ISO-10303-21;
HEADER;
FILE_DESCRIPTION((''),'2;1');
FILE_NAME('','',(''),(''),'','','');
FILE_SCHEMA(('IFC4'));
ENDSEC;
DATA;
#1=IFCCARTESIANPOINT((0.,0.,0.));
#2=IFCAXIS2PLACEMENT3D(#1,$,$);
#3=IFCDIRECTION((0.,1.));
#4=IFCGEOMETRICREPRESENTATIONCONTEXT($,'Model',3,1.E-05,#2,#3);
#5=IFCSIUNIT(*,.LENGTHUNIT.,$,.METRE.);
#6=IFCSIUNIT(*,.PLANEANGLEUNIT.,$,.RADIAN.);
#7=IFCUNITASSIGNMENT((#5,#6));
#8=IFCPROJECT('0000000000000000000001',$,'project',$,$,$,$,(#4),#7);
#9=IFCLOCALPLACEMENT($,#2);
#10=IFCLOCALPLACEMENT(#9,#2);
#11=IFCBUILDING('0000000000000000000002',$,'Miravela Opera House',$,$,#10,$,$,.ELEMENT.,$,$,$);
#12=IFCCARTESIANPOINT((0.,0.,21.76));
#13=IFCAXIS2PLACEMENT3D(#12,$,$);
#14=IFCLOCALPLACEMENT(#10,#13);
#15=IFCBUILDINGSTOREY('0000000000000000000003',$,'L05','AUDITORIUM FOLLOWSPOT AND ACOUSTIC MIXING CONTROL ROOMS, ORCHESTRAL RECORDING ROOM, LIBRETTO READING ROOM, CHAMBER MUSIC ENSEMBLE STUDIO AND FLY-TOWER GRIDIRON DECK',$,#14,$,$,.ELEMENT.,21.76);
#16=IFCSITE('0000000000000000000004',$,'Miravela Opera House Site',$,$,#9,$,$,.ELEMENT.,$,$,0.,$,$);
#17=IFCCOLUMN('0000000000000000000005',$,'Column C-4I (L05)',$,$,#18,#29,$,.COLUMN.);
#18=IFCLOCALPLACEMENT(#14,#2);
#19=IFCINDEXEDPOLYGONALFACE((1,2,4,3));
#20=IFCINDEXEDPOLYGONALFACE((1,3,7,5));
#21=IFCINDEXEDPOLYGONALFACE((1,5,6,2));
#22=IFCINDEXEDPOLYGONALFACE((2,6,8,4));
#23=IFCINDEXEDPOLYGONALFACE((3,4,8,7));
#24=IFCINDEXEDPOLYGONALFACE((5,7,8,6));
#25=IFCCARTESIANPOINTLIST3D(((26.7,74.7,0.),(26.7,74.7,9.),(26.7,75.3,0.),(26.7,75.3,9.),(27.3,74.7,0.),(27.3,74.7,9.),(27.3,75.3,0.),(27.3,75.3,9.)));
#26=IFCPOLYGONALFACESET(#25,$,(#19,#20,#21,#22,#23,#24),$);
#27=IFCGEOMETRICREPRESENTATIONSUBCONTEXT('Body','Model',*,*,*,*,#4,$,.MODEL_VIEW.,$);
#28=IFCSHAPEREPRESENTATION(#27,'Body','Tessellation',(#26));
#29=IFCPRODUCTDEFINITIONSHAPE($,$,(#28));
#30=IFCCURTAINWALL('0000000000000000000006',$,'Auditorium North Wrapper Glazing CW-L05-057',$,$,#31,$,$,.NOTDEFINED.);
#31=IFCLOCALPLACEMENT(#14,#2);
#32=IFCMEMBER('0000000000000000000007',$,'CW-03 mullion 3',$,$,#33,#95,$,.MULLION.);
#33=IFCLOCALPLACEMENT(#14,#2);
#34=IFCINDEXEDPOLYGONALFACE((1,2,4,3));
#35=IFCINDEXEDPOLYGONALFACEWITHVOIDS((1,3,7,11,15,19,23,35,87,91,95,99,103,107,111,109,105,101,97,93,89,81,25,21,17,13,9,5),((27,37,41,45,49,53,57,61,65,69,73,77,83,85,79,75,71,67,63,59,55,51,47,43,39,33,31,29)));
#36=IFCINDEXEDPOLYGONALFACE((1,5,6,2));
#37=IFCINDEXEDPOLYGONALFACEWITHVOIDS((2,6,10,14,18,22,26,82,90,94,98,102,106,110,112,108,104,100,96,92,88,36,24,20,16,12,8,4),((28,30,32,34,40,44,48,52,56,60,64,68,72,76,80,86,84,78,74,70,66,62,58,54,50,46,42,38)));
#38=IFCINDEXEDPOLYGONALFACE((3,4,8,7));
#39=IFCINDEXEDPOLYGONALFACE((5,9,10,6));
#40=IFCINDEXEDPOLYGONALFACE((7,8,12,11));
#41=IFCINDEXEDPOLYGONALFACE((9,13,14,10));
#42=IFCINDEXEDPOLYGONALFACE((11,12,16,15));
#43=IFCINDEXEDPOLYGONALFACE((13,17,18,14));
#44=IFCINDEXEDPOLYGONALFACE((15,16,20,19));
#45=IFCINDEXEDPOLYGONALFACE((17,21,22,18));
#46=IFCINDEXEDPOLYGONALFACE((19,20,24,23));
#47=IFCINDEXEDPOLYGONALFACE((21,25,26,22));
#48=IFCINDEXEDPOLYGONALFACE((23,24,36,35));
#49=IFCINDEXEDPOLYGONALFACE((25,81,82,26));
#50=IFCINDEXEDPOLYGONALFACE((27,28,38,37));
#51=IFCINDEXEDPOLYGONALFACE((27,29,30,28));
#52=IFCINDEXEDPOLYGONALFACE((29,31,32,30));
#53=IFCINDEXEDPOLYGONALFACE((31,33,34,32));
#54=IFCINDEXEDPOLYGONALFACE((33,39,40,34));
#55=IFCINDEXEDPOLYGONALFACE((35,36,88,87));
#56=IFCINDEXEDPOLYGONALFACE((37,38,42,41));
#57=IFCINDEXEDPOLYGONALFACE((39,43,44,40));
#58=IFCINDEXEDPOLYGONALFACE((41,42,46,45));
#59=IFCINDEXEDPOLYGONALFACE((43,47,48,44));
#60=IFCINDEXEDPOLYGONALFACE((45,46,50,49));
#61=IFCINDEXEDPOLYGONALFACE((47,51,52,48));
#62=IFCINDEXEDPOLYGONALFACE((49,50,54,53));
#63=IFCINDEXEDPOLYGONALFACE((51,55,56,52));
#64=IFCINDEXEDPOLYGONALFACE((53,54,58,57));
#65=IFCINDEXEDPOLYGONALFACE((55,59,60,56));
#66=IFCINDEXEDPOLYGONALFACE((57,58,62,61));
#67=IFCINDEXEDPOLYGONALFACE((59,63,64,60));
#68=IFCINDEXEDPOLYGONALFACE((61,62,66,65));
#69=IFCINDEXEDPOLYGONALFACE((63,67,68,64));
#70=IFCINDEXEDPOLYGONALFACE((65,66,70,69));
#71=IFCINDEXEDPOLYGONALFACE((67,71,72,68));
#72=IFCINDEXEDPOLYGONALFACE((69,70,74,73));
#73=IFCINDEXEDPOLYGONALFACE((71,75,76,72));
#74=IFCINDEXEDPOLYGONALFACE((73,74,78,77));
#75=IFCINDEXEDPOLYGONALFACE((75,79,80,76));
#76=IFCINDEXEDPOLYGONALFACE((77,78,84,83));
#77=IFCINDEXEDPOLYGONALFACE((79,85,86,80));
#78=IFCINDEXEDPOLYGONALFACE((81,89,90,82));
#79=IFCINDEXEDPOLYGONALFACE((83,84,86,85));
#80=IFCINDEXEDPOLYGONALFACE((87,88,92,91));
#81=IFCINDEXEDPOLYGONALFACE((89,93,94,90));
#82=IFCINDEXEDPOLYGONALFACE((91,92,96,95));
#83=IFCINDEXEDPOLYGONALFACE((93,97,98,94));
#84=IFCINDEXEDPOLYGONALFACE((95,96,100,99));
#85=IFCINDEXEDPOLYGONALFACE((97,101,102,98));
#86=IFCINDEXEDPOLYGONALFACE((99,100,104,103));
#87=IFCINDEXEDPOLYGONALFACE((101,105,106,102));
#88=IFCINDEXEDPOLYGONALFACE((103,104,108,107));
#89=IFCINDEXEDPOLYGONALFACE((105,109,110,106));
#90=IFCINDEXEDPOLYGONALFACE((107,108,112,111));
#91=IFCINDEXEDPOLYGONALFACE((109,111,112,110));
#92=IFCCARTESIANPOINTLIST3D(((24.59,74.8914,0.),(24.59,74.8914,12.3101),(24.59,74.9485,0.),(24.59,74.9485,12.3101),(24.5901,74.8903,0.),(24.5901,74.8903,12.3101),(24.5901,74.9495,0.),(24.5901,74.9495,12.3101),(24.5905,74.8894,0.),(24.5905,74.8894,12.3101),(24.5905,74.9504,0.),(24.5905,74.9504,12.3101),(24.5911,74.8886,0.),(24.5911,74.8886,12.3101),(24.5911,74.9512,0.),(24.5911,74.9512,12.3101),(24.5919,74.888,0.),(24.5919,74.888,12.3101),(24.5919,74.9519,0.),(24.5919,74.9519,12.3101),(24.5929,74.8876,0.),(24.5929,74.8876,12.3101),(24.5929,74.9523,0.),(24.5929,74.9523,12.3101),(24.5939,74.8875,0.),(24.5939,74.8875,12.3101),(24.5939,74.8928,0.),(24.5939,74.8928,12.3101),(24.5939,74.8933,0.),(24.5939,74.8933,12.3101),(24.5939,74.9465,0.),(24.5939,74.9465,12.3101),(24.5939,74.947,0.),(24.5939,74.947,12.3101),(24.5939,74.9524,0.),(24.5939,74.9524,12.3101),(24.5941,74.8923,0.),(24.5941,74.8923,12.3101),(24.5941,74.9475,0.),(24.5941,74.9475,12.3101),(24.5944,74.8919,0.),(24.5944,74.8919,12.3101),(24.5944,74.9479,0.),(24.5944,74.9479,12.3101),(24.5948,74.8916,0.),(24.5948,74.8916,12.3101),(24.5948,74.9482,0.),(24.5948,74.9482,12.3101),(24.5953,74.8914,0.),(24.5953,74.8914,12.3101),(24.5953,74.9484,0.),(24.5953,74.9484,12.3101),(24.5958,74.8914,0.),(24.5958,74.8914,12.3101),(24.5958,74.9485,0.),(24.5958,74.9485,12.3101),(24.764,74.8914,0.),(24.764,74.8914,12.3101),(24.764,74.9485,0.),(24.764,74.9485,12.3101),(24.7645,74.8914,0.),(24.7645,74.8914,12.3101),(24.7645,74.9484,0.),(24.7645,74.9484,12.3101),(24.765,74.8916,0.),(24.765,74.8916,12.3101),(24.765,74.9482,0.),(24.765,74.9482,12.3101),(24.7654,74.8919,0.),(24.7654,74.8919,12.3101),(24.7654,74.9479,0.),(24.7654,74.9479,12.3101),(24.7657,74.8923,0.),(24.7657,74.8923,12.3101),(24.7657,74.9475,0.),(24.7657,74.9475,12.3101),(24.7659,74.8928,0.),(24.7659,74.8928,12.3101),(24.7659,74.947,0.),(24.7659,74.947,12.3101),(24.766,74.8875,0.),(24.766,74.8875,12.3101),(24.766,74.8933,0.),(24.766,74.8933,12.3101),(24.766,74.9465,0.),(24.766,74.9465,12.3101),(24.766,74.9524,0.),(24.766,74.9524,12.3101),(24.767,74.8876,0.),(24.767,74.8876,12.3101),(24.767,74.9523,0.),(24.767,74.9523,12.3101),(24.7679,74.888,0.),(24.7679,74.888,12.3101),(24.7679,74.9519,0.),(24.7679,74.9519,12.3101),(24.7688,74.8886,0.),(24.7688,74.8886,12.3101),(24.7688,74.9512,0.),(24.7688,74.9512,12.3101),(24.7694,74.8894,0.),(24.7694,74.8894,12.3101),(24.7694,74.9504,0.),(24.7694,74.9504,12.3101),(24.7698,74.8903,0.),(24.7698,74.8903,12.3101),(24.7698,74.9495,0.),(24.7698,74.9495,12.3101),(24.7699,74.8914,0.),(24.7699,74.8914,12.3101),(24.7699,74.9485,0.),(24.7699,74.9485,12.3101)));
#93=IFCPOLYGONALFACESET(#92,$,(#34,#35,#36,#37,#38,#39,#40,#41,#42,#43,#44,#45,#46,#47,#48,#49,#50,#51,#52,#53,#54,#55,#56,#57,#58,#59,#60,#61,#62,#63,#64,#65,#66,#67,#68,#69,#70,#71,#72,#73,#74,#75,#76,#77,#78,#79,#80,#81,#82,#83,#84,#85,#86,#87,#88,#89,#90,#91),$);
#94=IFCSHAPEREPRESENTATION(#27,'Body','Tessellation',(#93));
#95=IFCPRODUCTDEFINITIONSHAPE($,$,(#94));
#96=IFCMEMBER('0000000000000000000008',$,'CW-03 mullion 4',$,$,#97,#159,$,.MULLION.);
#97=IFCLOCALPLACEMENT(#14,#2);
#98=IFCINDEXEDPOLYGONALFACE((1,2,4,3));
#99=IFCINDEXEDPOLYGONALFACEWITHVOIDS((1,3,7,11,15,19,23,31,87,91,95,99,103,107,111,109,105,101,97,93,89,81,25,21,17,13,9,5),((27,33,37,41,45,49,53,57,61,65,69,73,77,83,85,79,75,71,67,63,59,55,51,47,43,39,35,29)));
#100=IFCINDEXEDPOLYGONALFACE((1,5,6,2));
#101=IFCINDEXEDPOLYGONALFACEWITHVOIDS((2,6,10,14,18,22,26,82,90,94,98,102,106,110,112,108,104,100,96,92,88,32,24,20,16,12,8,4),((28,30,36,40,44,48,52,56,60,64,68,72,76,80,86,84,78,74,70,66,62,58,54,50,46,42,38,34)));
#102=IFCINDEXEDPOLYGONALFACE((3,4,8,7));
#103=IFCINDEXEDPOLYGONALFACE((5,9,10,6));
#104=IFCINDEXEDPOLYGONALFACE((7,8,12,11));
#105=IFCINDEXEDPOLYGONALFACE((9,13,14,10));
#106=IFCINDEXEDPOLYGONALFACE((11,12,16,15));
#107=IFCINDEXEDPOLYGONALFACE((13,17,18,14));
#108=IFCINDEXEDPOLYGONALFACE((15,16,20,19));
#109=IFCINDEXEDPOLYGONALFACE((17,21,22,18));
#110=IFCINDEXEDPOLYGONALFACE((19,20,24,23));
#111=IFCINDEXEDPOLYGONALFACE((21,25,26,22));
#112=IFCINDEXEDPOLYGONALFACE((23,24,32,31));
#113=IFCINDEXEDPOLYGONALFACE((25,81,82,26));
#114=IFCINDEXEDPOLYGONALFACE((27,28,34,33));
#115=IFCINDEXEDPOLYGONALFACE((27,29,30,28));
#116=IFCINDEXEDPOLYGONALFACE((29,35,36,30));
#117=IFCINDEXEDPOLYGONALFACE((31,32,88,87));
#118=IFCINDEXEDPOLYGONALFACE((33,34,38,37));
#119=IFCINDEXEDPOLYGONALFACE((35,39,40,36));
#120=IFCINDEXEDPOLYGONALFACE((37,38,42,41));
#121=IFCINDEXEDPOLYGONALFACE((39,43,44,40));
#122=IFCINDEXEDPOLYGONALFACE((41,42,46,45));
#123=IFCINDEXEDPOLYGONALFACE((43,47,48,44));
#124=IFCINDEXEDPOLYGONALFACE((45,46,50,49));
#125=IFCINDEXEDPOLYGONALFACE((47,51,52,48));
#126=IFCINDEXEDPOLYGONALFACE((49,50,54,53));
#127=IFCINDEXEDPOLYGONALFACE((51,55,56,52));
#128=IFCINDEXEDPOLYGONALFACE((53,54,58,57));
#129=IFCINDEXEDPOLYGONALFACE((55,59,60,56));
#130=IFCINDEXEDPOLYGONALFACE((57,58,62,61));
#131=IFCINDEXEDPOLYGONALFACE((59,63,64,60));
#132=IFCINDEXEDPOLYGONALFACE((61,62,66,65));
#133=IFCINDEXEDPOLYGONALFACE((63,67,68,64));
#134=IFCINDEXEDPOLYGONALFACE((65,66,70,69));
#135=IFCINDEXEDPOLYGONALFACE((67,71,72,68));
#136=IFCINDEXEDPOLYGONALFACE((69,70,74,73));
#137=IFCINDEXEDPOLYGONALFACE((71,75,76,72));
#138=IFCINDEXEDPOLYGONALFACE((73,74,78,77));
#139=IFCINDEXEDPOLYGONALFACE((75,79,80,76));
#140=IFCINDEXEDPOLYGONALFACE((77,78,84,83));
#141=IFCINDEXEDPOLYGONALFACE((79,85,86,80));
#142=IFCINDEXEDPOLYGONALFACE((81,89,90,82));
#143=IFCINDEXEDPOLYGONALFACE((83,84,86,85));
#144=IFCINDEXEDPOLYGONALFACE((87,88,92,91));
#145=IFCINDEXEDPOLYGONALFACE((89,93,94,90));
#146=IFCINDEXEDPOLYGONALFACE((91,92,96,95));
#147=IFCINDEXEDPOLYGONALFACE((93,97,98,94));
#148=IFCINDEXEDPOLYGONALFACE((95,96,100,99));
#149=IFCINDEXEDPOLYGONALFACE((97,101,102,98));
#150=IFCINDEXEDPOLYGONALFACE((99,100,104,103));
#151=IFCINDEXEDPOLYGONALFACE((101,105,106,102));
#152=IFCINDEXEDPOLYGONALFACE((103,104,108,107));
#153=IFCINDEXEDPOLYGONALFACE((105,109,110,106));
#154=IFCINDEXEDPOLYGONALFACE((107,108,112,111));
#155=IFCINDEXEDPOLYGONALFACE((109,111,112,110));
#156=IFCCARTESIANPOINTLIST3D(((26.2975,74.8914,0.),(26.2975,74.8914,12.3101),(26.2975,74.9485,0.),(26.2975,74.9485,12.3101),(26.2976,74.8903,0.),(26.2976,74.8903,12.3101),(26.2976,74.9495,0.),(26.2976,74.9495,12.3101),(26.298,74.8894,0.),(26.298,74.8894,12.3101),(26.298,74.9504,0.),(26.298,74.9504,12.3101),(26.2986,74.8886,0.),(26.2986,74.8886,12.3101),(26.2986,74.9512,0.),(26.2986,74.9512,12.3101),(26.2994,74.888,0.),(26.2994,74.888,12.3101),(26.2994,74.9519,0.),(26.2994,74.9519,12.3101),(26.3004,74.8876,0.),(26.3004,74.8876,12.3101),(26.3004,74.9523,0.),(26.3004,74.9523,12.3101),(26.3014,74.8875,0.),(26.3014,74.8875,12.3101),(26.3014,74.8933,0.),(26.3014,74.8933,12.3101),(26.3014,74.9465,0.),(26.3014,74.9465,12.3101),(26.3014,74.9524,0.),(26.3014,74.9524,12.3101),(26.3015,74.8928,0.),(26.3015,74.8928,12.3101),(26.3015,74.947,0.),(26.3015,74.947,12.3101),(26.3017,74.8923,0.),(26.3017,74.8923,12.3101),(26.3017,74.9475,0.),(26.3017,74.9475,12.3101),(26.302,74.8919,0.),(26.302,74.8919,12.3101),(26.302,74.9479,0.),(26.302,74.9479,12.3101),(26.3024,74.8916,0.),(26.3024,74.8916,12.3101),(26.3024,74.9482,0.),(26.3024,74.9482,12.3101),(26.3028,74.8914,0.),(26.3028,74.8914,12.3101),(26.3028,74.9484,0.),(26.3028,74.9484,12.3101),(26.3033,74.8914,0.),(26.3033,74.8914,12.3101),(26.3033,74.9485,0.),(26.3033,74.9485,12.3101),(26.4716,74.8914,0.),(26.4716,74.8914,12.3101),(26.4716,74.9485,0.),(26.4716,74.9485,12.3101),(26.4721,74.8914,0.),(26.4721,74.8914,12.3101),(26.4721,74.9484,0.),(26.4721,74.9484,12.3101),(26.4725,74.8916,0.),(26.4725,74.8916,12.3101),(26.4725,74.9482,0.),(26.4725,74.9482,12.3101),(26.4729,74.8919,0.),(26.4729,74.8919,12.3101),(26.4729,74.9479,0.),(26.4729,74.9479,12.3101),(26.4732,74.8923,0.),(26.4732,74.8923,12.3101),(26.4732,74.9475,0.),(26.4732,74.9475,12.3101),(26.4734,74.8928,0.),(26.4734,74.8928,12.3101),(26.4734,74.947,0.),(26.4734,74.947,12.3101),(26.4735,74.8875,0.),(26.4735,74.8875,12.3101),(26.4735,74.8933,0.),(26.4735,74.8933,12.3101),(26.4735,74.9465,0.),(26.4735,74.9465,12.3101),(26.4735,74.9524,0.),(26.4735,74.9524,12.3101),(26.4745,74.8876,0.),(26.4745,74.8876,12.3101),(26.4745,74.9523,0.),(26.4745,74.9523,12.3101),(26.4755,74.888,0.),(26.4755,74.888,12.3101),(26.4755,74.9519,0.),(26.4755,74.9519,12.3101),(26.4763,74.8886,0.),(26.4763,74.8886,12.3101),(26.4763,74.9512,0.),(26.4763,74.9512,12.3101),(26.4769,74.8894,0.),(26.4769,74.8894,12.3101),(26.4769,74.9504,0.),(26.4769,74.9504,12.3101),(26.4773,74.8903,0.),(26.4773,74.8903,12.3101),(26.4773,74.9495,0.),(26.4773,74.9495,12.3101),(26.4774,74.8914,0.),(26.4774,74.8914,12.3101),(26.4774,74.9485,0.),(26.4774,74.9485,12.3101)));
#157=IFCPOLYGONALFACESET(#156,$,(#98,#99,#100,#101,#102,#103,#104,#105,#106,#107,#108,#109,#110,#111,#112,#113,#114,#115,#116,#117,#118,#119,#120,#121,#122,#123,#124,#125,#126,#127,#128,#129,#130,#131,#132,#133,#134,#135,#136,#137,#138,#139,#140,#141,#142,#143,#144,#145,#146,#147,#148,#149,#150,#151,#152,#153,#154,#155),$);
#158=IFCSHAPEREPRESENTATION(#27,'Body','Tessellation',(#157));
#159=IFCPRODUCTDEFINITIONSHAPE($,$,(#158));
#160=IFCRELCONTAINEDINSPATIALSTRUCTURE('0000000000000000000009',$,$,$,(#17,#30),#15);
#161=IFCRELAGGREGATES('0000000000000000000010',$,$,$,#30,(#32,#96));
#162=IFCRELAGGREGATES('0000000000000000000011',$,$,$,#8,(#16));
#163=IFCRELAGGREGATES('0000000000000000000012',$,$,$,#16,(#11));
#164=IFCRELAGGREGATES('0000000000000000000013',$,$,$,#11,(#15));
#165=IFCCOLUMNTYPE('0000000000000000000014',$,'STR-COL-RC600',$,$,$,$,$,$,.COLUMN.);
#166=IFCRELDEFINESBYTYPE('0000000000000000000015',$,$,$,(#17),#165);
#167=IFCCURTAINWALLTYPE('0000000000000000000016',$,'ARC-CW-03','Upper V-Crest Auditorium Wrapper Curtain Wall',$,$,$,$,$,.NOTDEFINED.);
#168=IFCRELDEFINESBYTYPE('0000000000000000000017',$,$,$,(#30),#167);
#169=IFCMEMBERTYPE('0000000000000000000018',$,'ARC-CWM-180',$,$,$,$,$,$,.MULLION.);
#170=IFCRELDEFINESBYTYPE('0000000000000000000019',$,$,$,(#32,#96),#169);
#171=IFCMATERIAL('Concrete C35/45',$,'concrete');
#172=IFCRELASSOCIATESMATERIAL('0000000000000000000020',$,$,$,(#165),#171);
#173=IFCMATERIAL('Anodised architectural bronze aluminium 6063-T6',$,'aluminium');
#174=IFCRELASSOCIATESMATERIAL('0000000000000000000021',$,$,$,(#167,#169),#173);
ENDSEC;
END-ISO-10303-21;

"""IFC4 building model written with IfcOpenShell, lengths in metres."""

from ifc_helpers import new_model, si_unit, direction, frame, origin, origin_2d, place, context, subcontext, project, spatial, rectangle, hollow_rectangle, extrude, material, material_profile, profile_set, type_object, element, aggregate, save


model = new_model("IFC4")

# Units and contexts
model_context = context("Model", 3, precision=1e-05, world=origin(), true_north=direction((0.0, 1.0)))
body_context = subcontext(model_context, "Body", "Model", "MODEL_VIEW")
ifc_project = project(units=[si_unit("LENGTHUNIT", "METRE"), si_unit("PLANEANGLEUNIT", "RADIAN")], contexts=[model_context])

# Site, building, storey
site_placement = place(None, origin())
site = spatial("IfcSite", under=ifc_project, at=site_placement, Name="Miravela Opera House Site", CompositionType="ELEMENT", RefElevation=0.0)
building_placement = place(site_placement, origin())
building = spatial("IfcBuilding", under=site, at=building_placement, Name="Miravela Opera House", CompositionType="ELEMENT")
storey_placement = place(building_placement, frame((0.0, 0.0, 21.76)))
storey = spatial("IfcBuildingStorey", under=building, at=storey_placement, Name="L05", Description="AUDITORIUM FOLLOWSPOT AND ACOUSTIC MIXING CONTROL ROOMS, ORCHESTRAL RECORDING ROOM, LIBRETTO READING ROOM, CHAMBER MUSIC ENSEMBLE STUDIO AND FLY-TOWER GRIDIRON DECK", CompositionType="ELEMENT", Elevation=21.76)

# Column
ifc_material_1 = material(Name="Concrete C35/45", Category="concrete")
ifc_material_profile_1 = material_profile(ifc_material_1, rectangle(XDim=0.6001, YDim=0.6001, at=origin_2d()), Name="RC-COL-600X600")
ifc_profile_set_1 = profile_set([ifc_material_profile_1])
column_type = type_object("IfcColumnType", Name="STR-COL-RC600", PredefinedType="COLUMN", material=ifc_profile_set_1)
column_placement = place(storey_placement, frame((27.0, 75.0, 0.0), z_axis=(0.0, 0.0, 1.0), x_axis=(1.0, 0.0, 0.0)))
element("IfcColumn", 1, at=column_placement, inside=storey, type_object=column_type, Name="Column C-4I (L05)", PredefinedType="COLUMN", context=body_context, shape_type="SweptSolid", body=[
    extrude(rectangle(XDim=0.6001, YDim=0.6001, at=origin_2d()), origin(), (0.0, 0.0, 1.0), 9.0),
])

# Curtain wall, members
ifc_material_2 = material(Name="Anodised architectural bronze aluminium 6063-T6", Category="aluminium")
curtain_wall_type = type_object("IfcCurtainWallType", Name="ARC-CW-03", Description="Upper V-Crest Auditorium Wrapper Curtain Wall", PredefinedType="NOTDEFINED", material=ifc_material_2)
curtain_wall_1_placement = place(storey_placement, origin())
curtain_wall_1 = element("IfcCurtainWall", 2, at=curtain_wall_1_placement, inside=storey, type_object=curtain_wall_type, Name="Auditorium North Wrapper Glazing CW-L05-057", PredefinedType="NOTDEFINED")
ifc_material_profile_2 = material_profile(ifc_material_2, hollow_rectangle(XDim=0.0649, YDim=0.1799, WallThickness=0.0039, InnerFilletRadius=0.002, OuterFilletRadius=0.0039, at=origin_2d()), Name="CWM-65X180")
ifc_profile_set_2 = profile_set([ifc_material_profile_2])
member_type_1 = type_object("IfcMemberType", Name="ARC-CWM-180", PredefinedType="MULLION", material=ifc_profile_set_2)
member_1_placement = place(storey_placement, frame((24.6799, 74.9199, 0.0), z_axis=(0.0, 0.0, 1.0), x_axis=(0.0, 1.0, 0.0)))
member_1 = element("IfcMember", 3, at=member_1_placement, type_object=member_type_1, Name="CW-03 mullion 3", PredefinedType="MULLION", context=body_context, shape_type="SweptSolid", body=[
    extrude(hollow_rectangle(XDim=0.0649, YDim=0.1799, WallThickness=0.0039, InnerFilletRadius=0.002, OuterFilletRadius=0.0039, at=origin_2d()), origin(), (0.0, 0.0, 1.0), 12.3101),
])
member_2_placement = place(storey_placement, frame((26.3875, 74.9199, 0.0), z_axis=(0.0, 0.0, 1.0), x_axis=(0.0, 1.0, 0.0)))
member_2 = element("IfcMember", 4, at=member_2_placement, type_object=member_type_1, Name="CW-03 mullion 4", PredefinedType="MULLION", context=body_context, shape_type="SweptSolid", body=[
    extrude(hollow_rectangle(XDim=0.0649, YDim=0.1799, WallThickness=0.0039, InnerFilletRadius=0.002, OuterFilletRadius=0.0039, at=origin_2d()), origin(), (0.0, 0.0, 1.0), 12.3101),
])

aggregate(curtain_wall_1, [member_1, member_2])

save(model, "model.ifc")
